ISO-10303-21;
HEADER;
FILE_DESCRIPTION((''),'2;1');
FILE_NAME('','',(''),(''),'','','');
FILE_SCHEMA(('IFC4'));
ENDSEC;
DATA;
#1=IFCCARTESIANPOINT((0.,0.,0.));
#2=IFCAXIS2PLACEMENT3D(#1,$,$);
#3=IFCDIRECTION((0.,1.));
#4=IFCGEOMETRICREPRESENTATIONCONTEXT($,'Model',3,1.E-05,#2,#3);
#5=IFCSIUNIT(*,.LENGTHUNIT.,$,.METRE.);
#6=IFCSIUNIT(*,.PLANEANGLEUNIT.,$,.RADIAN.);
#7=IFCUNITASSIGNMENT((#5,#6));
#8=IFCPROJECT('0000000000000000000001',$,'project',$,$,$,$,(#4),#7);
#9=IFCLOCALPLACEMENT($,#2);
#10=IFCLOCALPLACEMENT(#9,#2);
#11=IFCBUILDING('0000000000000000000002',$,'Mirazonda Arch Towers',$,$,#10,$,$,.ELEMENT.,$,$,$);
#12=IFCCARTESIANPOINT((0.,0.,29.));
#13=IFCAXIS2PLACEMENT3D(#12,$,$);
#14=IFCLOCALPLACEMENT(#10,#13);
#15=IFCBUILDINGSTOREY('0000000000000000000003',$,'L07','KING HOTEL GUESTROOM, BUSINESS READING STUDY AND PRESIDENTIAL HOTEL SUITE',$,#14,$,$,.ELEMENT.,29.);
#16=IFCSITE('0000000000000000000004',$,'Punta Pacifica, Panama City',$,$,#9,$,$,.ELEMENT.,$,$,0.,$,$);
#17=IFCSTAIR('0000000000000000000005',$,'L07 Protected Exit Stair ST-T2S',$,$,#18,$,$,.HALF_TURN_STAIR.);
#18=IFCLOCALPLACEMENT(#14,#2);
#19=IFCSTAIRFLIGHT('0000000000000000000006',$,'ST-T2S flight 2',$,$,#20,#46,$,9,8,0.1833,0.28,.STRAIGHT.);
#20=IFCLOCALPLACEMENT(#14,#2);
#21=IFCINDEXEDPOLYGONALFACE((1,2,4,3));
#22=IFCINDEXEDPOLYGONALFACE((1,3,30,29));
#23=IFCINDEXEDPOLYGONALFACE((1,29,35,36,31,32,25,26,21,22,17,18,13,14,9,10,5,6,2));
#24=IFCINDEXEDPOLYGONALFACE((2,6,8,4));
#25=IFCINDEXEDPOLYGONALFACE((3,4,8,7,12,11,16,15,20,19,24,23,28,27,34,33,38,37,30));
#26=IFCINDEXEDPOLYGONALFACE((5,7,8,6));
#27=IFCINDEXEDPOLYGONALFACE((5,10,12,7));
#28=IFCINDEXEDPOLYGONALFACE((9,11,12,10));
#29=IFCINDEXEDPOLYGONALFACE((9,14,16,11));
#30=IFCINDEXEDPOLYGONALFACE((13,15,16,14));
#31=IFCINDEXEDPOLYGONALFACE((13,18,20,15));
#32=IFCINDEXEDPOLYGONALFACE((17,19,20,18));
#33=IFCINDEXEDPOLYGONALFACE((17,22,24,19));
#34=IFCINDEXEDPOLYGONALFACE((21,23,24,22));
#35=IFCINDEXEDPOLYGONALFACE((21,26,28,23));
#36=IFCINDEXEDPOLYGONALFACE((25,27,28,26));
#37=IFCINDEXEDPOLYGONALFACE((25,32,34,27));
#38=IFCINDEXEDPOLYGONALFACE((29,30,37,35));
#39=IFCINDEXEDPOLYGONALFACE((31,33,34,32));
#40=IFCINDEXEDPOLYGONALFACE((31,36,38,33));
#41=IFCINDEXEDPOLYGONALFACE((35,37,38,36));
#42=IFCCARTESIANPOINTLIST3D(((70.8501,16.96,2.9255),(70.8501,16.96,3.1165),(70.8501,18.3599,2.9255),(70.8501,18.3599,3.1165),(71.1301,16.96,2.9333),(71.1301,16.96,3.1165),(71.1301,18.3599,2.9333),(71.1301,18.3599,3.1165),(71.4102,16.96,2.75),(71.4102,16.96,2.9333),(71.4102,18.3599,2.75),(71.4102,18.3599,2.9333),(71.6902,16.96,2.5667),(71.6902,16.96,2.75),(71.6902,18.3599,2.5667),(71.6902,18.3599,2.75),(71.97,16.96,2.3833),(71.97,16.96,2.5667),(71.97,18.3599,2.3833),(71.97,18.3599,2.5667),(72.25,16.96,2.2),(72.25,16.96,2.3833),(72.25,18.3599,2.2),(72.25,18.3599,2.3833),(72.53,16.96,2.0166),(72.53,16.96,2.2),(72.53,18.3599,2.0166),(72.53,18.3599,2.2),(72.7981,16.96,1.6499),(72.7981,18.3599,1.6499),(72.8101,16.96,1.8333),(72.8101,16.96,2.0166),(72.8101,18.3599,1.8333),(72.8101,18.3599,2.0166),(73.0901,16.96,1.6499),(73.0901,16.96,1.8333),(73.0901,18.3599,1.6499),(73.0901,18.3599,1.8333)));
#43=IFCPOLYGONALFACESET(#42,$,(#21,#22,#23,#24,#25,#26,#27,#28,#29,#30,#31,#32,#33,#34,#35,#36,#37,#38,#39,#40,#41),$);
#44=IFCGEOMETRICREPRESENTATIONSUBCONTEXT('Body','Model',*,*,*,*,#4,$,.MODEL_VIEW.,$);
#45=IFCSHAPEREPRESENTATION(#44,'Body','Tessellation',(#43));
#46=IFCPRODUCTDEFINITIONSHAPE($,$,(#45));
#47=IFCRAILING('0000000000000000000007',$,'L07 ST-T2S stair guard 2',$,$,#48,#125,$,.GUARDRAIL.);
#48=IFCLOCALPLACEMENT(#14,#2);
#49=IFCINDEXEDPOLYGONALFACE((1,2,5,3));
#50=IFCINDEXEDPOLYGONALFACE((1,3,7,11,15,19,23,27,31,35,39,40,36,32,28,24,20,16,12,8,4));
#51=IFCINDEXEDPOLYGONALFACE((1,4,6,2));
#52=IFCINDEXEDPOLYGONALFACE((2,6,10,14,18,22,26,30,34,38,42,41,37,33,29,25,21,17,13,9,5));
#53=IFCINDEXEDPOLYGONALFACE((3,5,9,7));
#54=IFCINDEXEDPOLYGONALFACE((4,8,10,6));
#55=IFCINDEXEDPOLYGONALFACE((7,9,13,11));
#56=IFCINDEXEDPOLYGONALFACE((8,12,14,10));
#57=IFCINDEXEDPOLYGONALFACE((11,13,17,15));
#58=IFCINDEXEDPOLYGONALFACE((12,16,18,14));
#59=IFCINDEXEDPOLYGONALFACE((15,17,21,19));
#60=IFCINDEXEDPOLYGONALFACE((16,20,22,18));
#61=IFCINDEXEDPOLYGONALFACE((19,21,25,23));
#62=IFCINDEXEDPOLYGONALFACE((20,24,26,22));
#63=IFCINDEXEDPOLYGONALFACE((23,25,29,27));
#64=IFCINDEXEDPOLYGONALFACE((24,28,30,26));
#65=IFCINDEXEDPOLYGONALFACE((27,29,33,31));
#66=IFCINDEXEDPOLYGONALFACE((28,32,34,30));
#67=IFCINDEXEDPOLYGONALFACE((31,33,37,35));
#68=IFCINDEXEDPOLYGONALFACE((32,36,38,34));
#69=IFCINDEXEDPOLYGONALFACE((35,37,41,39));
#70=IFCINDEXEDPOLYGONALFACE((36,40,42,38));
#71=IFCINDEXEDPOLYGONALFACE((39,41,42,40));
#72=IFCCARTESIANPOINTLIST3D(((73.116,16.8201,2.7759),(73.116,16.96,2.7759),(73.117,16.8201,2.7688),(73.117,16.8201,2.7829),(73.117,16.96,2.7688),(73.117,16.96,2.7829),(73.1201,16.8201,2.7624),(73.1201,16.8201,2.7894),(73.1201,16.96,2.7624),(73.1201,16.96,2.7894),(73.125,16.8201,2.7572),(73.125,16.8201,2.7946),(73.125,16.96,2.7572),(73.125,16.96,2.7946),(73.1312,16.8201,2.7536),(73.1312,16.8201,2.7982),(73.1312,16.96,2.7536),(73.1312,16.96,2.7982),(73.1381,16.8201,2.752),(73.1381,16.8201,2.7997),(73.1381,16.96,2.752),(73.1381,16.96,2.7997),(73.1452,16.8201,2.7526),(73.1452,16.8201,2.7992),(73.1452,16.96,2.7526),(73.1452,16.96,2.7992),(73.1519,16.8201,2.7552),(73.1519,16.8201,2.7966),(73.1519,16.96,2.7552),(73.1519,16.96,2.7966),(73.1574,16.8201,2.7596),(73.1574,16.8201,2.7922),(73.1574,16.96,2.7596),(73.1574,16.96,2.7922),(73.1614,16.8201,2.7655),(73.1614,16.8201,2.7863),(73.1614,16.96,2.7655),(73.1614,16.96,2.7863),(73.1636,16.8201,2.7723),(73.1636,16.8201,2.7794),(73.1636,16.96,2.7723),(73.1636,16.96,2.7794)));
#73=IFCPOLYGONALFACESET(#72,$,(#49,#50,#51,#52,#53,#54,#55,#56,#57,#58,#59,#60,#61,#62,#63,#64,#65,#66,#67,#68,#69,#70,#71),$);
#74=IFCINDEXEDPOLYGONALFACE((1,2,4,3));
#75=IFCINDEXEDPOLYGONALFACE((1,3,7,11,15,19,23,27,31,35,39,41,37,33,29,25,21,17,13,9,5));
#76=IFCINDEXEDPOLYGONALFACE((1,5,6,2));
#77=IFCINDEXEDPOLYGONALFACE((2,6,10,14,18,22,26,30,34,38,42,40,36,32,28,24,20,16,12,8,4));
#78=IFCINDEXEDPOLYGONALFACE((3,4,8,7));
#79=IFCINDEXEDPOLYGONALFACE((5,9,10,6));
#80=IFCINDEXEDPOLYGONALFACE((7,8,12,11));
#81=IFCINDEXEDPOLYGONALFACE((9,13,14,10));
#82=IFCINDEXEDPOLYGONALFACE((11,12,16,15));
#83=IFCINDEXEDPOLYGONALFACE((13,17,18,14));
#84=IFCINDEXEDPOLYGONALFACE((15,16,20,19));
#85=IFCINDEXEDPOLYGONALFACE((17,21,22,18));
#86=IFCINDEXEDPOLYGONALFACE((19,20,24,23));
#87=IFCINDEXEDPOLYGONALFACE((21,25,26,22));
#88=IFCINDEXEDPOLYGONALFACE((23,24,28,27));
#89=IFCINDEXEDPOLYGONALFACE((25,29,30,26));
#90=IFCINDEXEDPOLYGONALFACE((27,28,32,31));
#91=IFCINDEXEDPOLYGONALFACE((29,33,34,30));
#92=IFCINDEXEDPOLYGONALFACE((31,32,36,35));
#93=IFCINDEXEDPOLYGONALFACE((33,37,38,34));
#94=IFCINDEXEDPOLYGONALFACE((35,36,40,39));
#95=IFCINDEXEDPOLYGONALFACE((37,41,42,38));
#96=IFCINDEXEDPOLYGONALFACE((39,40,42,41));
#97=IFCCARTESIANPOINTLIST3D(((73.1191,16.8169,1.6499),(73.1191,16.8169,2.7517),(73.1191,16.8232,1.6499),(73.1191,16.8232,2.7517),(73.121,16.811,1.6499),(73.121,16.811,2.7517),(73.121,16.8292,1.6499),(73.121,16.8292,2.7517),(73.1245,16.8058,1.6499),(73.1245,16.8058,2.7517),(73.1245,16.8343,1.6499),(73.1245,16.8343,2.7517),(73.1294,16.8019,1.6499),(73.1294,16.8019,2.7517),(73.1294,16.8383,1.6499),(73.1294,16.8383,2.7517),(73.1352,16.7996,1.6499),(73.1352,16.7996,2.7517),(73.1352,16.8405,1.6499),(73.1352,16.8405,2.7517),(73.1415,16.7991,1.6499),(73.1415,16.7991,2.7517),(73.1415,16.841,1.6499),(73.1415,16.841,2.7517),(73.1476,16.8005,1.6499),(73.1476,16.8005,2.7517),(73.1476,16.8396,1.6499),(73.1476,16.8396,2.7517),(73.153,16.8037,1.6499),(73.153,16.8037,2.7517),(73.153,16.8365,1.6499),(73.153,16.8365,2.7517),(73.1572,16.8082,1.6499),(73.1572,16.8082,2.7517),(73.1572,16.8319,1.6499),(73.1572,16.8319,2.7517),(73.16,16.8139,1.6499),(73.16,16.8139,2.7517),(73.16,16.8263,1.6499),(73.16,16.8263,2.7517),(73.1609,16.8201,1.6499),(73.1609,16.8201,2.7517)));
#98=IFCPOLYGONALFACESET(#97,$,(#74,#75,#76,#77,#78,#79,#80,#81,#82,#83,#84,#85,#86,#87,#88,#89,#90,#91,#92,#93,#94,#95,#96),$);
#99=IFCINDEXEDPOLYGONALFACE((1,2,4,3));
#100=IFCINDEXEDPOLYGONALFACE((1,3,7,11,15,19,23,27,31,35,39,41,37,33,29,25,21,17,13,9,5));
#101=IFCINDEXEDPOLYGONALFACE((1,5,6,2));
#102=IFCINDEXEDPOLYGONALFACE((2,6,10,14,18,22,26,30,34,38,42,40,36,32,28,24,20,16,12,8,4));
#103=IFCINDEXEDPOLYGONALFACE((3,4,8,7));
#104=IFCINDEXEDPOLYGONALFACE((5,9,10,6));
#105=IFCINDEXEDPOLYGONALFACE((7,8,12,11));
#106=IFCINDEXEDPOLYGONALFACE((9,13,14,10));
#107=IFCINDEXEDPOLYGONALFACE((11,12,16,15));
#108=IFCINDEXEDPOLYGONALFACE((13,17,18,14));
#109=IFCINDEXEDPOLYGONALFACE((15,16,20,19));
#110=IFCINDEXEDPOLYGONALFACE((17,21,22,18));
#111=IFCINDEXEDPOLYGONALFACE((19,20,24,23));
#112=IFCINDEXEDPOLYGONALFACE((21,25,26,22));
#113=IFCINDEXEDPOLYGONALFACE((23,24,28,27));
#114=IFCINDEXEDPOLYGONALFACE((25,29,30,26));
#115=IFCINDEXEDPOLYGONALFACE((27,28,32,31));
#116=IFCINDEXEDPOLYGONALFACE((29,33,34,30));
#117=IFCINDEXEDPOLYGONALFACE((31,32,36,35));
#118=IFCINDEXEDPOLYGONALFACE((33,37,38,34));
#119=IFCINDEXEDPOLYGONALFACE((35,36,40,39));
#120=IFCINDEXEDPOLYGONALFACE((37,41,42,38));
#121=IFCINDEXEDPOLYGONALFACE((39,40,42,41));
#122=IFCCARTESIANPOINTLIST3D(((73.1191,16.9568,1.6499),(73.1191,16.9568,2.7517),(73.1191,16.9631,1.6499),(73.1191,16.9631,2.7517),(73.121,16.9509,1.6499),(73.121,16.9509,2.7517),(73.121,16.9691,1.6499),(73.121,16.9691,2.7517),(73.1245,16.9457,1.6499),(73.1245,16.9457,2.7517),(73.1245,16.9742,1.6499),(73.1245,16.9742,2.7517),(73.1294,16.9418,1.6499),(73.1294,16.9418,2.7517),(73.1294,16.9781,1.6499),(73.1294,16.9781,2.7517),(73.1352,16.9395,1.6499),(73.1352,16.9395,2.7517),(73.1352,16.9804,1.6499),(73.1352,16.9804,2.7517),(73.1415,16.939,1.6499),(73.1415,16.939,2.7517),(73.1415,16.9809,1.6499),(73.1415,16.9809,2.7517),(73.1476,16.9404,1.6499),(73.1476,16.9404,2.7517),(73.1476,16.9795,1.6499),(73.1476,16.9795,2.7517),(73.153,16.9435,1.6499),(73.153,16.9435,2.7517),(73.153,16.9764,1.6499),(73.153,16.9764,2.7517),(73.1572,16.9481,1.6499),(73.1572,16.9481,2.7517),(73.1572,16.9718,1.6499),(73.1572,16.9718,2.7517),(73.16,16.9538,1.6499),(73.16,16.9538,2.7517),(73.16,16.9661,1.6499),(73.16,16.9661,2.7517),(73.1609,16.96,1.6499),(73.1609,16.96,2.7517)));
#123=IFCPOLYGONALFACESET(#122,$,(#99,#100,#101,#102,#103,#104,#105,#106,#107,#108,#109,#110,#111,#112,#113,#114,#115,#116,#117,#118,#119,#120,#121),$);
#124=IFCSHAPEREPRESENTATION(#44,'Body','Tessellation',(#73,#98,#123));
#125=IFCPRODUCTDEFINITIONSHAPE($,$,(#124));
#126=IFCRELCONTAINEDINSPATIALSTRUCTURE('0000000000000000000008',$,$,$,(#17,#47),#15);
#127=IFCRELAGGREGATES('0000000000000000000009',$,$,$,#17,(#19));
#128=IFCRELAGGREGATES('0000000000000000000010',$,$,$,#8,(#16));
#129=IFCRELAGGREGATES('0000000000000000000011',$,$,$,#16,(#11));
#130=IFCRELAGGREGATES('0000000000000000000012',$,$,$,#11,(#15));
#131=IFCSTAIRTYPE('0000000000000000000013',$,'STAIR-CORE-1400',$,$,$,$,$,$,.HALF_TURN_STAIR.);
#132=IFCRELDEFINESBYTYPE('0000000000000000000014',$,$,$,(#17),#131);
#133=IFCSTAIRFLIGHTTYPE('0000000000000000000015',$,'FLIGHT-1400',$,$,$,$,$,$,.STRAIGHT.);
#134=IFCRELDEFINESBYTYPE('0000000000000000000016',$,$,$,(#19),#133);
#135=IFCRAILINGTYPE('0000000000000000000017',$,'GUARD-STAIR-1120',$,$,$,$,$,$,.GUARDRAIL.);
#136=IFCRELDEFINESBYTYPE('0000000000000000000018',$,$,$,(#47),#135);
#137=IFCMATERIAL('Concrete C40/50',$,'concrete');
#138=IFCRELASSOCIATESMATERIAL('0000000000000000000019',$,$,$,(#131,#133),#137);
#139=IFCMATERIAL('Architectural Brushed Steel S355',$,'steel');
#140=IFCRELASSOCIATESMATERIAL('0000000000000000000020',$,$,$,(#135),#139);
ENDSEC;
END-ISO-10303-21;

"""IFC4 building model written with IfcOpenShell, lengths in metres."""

from ifc_helpers import new_model, si_unit, direction, frame, origin, origin_2d, place, context, subcontext, project, spatial, polyline, circle, outline, extrude, material, type_object, element, aggregate, save


model = new_model("IFC4")

# Units and contexts
model_context = context("Model", 3, precision=1e-05, world=origin(), true_north=direction((0.0, 1.0)))
body_context = subcontext(model_context, "Body", "Model", "MODEL_VIEW")
ifc_project = project(units=[si_unit("LENGTHUNIT", "METRE"), si_unit("PLANEANGLEUNIT", "RADIAN")], contexts=[model_context])

# Site, building, storey
site_placement = place(None, origin())
site = spatial("IfcSite", under=ifc_project, at=site_placement, Name="Punta Pacifica, Panama City", CompositionType="ELEMENT", RefElevation=0.0)
building_placement = place(site_placement, origin())
building = spatial("IfcBuilding", under=site, at=building_placement, Name="Mirazonda Arch Towers", CompositionType="ELEMENT")
storey_placement = place(building_placement, frame((0.0, 0.0, 29.0)))
storey = spatial("IfcBuildingStorey", under=building, at=storey_placement, Name="L07", Description="KING HOTEL GUESTROOM, BUSINESS READING STUDY AND PRESIDENTIAL HOTEL SUITE", CompositionType="ELEMENT", Elevation=29.0)

# Shared definitions
ifc_material_1 = material(Name="Concrete C40/50", Category="concrete")

# Stair, stair flight
stair_type = type_object("IfcStairType", Name="STAIR-CORE-1400", PredefinedType="HALF_TURN_STAIR", material=ifc_material_1)
stair_placement = place(storey_placement, origin())
stair = element("IfcStair", 1, at=stair_placement, inside=storey, type_object=stair_type, Name="L07 Protected Exit Stair ST-T2S", PredefinedType="HALF_TURN_STAIR")
stair_flight_type = type_object("IfcStairFlightType", Name="FLIGHT-1400", PredefinedType="STRAIGHT", material=ifc_material_1)
stair_flight_placement = place(storey_placement, frame((73.0901, 17.6599, 1.6499), z_axis=(0.0, 0.0, 1.0), x_axis=(-1.0, 0.0, 0.0)))
stair_flight = element("IfcStairFlight", 2, at=stair_flight_placement, type_object=stair_flight_type, Name="ST-T2S flight 2", NumberOfRisers=9, NumberOfTreads=8, PredefinedType="STRAIGHT", RiserHeight=0.1833, TreadLength=0.28, context=body_context, shape_type="SweptSolid", body=[
    extrude(outline(polyline([(0.0, 0.0), (0.0, 0.1833), (0.28, 0.1833), (0.28, 0.3667), (0.5601, 0.3667), (0.5601, 0.55), (0.8401, 0.55), (0.8401, 0.7334), (1.1201, 0.7334), (1.1201, 0.9167), (1.3999, 0.9167), (1.3999, 1.1001), (1.6799, 1.1001), (1.6799, 1.2834), (1.96, 1.2834), (1.96, 1.4666), (2.24, 1.4666), (2.24, 1.6499), (2.24, 1.2756), (0.292, 0.0), (0.0, 0.0)])), frame((0.0, 0.7, 0.0), z_axis=(0.0, -1.0, 0.0), x_axis=(1.0, 0.0, 0.0)), (0.0, 0.0, 1.0), 1.3999),
])
aggregate(stair, [stair_flight])

# Railing
ifc_material_2 = material(Name="Architectural Brushed Steel S355", Category="steel")
railing_type_1 = type_object("IfcRailingType", Name="GUARD-STAIR-1120", PredefinedType="GUARDRAIL", material=ifc_material_2)
railing_1_placement = place(storey_placement, frame((73.1399, 16.8201, 1.6499)))
element("IfcRailing", 3, at=railing_1_placement, inside=storey, type_object=railing_type_1, Name="L07 ST-T2S stair guard 2", PredefinedType="GUARDRAIL", context=body_context, shape_type="SweptSolid", body=[
    extrude(circle(Radius=0.0239, at=origin_2d()), frame((0.0, 0.0, 1.126), z_axis=(0.0, 1.0, 0.0), x_axis=(-1.0, 0.0, 0.0)), (0.0, 0.0, 1.0), 0.1399),
    extrude(circle(Radius=0.021, at=origin_2d()), origin(), (0.0, 0.0, 1.0), 1.1018),
    extrude(circle(Radius=0.021, at=origin_2d()), frame((0.0, 0.1399, 0.0)), (0.0, 0.0, 1.0), 1.1018),
])

save(model, "model.ifc")
